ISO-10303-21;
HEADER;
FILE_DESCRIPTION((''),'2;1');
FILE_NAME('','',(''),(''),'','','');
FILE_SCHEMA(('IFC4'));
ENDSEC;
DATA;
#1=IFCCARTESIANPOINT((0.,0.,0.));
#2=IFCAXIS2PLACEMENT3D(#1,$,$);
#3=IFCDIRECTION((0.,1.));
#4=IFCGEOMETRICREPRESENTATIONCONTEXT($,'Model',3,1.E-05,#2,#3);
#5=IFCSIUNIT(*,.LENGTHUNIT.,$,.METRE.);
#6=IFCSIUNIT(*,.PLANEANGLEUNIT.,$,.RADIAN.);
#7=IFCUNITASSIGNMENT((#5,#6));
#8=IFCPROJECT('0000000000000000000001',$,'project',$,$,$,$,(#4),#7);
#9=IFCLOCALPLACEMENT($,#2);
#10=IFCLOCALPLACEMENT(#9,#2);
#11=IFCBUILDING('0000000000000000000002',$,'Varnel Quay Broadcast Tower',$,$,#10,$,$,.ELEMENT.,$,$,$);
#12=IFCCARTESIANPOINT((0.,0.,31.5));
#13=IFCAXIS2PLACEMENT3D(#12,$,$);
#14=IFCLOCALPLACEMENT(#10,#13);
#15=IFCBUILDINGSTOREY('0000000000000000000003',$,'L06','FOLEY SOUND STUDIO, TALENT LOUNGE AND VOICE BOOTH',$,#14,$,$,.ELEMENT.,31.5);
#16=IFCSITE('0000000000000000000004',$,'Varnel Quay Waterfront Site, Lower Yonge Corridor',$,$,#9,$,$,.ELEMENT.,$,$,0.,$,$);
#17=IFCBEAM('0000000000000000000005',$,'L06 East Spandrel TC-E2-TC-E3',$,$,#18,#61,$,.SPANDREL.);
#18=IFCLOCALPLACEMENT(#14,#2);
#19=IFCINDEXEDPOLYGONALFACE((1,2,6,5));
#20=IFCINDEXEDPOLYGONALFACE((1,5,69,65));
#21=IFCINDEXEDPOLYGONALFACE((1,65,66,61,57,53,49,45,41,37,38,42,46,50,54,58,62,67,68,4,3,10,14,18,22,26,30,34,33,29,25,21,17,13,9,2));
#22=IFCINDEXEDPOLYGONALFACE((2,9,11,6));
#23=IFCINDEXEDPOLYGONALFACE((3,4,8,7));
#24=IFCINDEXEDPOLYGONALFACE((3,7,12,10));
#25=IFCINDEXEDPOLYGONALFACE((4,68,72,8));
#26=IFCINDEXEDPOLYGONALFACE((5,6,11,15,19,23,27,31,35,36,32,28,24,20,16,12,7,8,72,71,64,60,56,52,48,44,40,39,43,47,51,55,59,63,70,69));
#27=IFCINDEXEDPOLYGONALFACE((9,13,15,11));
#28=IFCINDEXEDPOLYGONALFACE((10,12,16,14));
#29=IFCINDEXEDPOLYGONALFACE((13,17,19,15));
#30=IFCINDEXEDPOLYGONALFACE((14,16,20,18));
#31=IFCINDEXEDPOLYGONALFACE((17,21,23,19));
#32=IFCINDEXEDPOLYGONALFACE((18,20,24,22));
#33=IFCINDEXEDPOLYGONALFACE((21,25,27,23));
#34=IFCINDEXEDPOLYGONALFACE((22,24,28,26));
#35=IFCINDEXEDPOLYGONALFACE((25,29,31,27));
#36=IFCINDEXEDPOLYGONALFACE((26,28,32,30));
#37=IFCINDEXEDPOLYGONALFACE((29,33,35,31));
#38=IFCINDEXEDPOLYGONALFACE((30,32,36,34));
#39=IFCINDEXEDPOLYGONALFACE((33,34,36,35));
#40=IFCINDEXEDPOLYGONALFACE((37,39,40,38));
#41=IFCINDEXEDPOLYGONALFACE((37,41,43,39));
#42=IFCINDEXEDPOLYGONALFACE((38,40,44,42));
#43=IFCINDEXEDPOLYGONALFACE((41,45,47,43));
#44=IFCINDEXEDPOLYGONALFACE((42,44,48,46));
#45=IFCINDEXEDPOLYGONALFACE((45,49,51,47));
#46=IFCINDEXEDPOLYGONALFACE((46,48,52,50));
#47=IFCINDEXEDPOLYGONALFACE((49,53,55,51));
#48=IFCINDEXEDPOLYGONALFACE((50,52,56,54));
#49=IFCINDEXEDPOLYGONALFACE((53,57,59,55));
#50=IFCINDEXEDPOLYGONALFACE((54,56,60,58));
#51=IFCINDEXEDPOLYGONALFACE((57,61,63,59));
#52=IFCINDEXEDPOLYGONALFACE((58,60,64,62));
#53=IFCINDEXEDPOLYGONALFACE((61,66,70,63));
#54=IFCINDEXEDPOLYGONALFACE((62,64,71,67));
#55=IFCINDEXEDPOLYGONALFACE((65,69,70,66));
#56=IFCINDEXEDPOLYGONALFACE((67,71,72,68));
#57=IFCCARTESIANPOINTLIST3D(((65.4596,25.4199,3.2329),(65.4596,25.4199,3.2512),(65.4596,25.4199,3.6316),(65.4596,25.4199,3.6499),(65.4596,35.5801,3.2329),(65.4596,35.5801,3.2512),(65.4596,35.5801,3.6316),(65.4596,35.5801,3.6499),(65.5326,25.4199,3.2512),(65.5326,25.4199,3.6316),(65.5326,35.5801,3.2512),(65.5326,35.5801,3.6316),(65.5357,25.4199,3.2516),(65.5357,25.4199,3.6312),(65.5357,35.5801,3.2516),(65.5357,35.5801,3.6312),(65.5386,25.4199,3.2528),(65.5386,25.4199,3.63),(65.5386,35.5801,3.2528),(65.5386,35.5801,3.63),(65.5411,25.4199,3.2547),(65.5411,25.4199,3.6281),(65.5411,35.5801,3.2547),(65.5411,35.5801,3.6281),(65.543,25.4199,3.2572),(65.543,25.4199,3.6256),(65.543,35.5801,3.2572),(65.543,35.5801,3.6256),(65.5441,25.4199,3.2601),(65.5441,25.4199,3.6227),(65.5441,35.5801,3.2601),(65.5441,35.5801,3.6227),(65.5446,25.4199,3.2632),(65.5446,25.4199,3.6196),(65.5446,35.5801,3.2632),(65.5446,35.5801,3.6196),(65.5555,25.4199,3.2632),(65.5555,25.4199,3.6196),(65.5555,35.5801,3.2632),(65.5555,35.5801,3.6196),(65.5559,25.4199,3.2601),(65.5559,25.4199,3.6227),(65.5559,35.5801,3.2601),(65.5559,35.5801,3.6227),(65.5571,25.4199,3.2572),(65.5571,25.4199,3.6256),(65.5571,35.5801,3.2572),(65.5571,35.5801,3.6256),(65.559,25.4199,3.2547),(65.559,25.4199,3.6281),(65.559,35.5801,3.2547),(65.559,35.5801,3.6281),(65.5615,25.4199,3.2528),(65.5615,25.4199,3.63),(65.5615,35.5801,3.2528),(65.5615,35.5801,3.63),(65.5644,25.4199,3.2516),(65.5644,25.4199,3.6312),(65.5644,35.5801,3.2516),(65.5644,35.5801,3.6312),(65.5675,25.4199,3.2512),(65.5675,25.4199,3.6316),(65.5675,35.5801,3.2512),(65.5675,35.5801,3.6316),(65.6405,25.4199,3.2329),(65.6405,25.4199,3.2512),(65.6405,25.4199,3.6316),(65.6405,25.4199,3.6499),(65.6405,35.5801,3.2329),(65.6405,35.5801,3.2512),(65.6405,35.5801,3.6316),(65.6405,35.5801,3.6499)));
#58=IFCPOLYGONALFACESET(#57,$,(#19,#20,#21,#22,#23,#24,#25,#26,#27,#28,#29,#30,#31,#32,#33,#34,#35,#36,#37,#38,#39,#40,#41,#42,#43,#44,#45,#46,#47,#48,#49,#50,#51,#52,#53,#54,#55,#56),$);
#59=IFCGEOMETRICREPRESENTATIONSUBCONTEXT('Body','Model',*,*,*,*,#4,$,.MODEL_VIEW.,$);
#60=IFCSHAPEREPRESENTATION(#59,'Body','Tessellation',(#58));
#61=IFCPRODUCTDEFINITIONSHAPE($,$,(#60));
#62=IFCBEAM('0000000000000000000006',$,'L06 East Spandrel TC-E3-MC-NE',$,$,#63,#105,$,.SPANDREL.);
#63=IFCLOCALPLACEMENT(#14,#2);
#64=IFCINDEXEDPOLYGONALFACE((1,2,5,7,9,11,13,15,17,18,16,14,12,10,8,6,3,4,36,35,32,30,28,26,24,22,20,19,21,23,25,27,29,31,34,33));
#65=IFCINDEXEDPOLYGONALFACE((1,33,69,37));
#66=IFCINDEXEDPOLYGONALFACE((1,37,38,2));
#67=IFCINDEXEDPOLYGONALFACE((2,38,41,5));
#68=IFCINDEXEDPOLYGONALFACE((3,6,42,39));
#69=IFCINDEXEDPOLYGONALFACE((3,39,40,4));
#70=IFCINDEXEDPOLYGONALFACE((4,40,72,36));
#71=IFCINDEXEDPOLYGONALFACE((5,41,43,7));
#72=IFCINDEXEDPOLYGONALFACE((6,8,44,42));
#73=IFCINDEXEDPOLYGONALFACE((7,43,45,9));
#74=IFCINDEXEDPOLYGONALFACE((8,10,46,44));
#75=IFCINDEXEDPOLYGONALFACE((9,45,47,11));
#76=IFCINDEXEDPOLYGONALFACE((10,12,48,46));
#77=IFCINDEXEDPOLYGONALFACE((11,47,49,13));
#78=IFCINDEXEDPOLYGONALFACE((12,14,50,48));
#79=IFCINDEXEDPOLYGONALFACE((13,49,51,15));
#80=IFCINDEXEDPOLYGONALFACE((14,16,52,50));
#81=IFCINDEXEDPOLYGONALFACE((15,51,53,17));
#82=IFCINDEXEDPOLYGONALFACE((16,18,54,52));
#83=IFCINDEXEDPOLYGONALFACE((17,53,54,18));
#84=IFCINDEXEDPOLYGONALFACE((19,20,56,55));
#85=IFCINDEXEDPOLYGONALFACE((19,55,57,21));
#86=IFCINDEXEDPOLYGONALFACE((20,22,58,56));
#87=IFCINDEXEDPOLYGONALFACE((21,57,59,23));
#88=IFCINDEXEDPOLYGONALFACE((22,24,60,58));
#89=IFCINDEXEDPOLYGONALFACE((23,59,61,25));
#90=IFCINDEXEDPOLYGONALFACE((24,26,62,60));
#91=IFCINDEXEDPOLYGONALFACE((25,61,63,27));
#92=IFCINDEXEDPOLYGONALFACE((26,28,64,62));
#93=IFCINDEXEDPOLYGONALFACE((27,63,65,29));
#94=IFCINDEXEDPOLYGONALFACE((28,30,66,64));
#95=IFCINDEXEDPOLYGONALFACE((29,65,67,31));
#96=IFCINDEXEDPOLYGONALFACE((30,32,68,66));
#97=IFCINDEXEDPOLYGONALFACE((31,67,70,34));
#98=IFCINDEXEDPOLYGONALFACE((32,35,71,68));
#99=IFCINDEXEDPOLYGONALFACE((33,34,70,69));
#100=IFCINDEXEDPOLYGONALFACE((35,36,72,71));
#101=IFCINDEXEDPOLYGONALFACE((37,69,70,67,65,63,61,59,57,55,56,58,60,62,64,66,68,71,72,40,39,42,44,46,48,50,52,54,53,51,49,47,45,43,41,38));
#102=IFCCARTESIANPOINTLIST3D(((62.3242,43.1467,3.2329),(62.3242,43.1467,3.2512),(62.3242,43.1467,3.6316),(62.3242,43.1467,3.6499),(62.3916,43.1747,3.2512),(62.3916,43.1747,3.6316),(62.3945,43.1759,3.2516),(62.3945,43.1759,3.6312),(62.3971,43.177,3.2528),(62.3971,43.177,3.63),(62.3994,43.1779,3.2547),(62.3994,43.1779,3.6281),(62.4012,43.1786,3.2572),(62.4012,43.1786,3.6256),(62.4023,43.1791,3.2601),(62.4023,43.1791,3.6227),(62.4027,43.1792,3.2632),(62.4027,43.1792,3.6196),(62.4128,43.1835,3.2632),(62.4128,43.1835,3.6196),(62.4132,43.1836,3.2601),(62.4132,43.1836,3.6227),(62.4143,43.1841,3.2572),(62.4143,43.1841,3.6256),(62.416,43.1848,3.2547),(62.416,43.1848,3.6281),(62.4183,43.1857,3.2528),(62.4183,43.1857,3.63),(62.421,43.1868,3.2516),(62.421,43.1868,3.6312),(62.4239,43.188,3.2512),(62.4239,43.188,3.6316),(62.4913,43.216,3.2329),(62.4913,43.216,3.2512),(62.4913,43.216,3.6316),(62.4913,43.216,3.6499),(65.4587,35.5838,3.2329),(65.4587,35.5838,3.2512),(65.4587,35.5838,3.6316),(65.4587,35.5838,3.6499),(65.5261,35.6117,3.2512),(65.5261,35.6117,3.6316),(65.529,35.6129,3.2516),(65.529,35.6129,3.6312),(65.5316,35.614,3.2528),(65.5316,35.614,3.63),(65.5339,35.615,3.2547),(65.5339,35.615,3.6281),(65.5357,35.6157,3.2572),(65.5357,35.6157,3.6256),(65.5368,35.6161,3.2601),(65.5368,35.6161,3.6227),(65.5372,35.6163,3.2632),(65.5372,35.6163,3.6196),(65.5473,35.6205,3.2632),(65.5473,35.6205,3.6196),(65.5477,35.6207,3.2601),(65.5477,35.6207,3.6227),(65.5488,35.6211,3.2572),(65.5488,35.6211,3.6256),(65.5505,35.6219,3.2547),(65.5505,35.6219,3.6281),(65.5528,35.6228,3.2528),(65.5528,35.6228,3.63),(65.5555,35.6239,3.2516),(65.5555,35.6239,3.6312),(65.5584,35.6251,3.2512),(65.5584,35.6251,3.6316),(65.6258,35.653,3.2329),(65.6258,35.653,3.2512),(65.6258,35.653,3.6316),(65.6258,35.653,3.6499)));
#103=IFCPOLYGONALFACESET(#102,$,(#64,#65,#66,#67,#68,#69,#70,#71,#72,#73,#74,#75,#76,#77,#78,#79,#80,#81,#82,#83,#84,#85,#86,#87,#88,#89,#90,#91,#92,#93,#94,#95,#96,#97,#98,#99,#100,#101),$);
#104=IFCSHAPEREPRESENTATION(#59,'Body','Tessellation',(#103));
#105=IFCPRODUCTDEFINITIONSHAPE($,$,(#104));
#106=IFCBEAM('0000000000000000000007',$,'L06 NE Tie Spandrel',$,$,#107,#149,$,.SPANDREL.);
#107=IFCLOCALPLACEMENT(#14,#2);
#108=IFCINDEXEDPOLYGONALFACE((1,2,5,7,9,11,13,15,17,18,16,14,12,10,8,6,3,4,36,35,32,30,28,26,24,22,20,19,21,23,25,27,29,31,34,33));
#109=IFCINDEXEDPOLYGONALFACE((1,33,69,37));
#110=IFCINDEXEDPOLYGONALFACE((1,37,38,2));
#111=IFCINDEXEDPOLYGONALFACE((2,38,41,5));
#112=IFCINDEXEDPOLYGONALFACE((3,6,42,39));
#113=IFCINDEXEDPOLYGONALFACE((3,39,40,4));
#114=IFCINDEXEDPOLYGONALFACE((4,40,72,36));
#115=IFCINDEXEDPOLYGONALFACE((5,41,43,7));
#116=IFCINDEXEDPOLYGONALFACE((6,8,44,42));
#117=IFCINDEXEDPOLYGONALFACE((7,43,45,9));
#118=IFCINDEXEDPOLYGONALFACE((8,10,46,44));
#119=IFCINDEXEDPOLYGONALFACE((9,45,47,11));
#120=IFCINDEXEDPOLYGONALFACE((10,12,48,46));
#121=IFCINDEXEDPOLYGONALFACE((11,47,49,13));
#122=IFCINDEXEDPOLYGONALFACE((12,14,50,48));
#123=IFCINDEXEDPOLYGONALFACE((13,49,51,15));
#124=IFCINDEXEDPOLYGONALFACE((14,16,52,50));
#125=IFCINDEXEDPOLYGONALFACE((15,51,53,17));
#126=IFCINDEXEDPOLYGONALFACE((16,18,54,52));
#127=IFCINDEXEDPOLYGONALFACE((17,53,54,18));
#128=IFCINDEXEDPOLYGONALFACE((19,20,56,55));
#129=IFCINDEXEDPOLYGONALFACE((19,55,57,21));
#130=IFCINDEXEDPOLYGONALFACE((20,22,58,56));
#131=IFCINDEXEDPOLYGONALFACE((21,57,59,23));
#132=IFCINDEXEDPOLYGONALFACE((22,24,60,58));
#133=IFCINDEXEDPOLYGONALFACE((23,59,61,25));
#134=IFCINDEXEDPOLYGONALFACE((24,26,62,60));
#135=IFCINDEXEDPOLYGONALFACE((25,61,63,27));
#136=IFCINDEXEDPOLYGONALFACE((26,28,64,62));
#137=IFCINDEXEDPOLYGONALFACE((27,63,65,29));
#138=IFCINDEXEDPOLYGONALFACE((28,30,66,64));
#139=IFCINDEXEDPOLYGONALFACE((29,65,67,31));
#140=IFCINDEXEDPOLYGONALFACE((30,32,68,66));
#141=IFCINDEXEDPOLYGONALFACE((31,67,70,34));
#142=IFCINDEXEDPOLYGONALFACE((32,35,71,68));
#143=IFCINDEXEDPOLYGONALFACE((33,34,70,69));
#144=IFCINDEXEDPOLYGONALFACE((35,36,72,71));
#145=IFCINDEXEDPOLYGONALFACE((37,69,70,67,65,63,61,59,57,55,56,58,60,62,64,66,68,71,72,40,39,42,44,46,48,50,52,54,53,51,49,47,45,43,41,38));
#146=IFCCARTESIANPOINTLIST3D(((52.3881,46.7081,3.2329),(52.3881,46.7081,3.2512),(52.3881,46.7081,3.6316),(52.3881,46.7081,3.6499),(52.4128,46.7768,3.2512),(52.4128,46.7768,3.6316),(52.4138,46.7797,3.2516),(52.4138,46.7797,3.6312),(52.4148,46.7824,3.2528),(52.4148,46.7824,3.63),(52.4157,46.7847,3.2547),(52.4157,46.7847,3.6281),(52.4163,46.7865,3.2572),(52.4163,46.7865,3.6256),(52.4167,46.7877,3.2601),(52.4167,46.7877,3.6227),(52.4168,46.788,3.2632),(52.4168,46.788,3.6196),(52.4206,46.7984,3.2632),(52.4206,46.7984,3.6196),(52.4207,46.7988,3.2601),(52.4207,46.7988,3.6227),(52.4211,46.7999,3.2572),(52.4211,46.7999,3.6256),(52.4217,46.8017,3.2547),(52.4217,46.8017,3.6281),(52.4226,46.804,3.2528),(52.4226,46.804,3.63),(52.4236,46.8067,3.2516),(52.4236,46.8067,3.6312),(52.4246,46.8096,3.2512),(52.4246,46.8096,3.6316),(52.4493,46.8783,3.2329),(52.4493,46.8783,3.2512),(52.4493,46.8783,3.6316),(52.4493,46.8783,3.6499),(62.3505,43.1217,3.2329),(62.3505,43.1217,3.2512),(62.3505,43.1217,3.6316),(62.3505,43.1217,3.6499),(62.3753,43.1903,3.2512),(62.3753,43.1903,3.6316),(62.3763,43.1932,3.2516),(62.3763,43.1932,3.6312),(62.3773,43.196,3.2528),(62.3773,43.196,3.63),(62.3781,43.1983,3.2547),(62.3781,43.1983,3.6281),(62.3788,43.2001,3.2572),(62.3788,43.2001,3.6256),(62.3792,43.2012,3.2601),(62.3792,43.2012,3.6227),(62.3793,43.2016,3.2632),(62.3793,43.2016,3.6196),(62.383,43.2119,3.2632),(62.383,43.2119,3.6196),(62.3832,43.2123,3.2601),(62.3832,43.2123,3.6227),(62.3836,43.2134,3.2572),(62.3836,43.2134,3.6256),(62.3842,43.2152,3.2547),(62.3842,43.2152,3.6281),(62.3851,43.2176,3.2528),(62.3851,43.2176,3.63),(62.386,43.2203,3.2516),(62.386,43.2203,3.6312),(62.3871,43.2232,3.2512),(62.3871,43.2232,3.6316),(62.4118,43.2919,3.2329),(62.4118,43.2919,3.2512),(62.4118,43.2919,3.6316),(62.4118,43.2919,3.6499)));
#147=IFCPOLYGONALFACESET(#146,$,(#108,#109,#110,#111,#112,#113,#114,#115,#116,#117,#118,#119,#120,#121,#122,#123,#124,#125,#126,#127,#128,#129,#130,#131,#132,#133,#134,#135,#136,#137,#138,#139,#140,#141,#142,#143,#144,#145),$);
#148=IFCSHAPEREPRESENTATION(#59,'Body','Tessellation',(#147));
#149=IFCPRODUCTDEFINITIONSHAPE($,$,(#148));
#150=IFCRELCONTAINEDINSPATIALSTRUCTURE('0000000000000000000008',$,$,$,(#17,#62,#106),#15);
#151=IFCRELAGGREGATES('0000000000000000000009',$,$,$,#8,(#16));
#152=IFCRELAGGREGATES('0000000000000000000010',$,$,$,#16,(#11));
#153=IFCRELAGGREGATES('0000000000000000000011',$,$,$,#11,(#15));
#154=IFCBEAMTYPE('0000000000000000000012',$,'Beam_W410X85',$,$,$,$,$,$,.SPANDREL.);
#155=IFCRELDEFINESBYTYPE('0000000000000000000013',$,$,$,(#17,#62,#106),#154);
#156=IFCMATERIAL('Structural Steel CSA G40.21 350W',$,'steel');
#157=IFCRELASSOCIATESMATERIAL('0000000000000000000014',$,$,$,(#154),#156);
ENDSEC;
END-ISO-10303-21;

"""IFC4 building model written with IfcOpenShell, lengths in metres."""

from ifc_helpers import new_model, si_unit, direction, frame, origin, origin_2d, place, context, subcontext, project, spatial, i_section, extrude, source, transform, mapped, material, material_profile, profile_set, type_object, type_shapes, element, save


model = new_model("IFC4")

# Units and contexts
model_context = context("Model", 3, precision=1e-05, world=origin(), true_north=direction((0.0, 1.0)))
body_context = subcontext(model_context, "Body", "Model", "MODEL_VIEW")
ifc_project = project(units=[si_unit("LENGTHUNIT", "METRE"), si_unit("PLANEANGLEUNIT", "RADIAN")], contexts=[model_context])

# Site, building, storey
site_placement = place(None, origin())
site = spatial("IfcSite", under=ifc_project, at=site_placement, Name="Varnel Quay Waterfront Site, Lower Yonge Corridor", CompositionType="ELEMENT", RefElevation=0.0)
building_placement = place(site_placement, origin())
building = spatial("IfcBuilding", under=site, at=building_placement, Name="Varnel Quay Broadcast Tower", CompositionType="ELEMENT")
storey_placement = place(building_placement, frame((0.0, 0.0, 31.5)))
storey = spatial("IfcBuildingStorey", under=building, at=storey_placement, Name="L06", Description="FOLEY SOUND STUDIO, TALENT LOUNGE AND VOICE BOOTH", CompositionType="ELEMENT", Elevation=31.5)

# Shared definitions
ifc_material_1 = material(Name="Structural Steel CSA G40.21 350W", Category="steel")

# Beams
ifc_material_profile_1 = material_profile(ifc_material_1, i_section(OverallWidth=0.1809, OverallDepth=0.417, WebThickness=0.011, FlangeThickness=0.0183, FilletRadius=0.012, at=origin_2d()), Name="W410X85")
ifc_profile_set_1 = profile_set([ifc_material_profile_1], Name="Structural Steel CSA G40.21 350W")
beam_type_1 = type_object("IfcBeamType", Name="Beam_W410X85", PredefinedType="SPANDREL", material=ifc_profile_set_1)
shared_shape_1 = source(origin(), body_context, "Body", "SweptSolid", [
    extrude(i_section(OverallWidth=0.1809, OverallDepth=0.417, WebThickness=0.011, FlangeThickness=0.0183, FilletRadius=0.012, at=origin_2d()), origin(), (0.0, 0.0, 1.0), 10.1602),
])
beam_1_placement = place(storey_placement, frame((65.55, 25.4199, 3.4414), z_axis=(0.0, 1.0, 0.0), x_axis=(-1.0, 0.0, 0.0)))
element("IfcBeam", 1, at=beam_1_placement, inside=storey, type_object=beam_type_1, Name="L06 East Spandrel TC-E2-TC-E3", PredefinedType="SPANDREL", context=body_context, shape_type="MappedRepresentation", body=[
    mapped(shared_shape_1, transform((0.0, 0.0, 0.0), x_axis=(1.0, 0.0, 0.0), y_axis=(0.0, 1.0, 0.0), z_axis=(0.0, 0.0, 1.0), scale=1.0)),
])
shared_shape_2 = source(origin(), body_context, "Body", "SweptSolid", [
    extrude(i_section(OverallWidth=0.1809, OverallDepth=0.417, WebThickness=0.011, FlangeThickness=0.0183, FilletRadius=0.012, at=origin_2d()), origin(), (0.0, 0.0, 1.0), 8.1868),
])
beam_2_placement = place(storey_placement, frame((65.5422, 35.6184, 3.4414), z_axis=(-0.382874, 0.923801, 0.0), x_axis=(-0.923801, -0.382874, 0.0)))
element("IfcBeam", 2, at=beam_2_placement, inside=storey, type_object=beam_type_1, Name="L06 East Spandrel TC-E3-MC-NE", PredefinedType="SPANDREL", context=body_context, shape_type="MappedRepresentation", body=[
    mapped(shared_shape_2, transform((0.0, 0.0, 0.0), x_axis=(1.0, 0.0, 0.0), y_axis=(0.0, 1.0, 0.0), z_axis=(0.0, 0.0, 1.0), scale=1.0)),
])
shared_shape_3 = source(origin(), body_context, "Body", "SweptSolid", [
    extrude(i_section(OverallWidth=0.1809, OverallDepth=0.417, WebThickness=0.011, FlangeThickness=0.0183, FilletRadius=0.012, at=origin_2d()), origin(), (0.0, 0.0, 1.0), 10.5884),
])
type_shapes(beam_type_1, [shared_shape_1, shared_shape_2, shared_shape_3])
beam_3_placement = place(storey_placement, frame((52.4187, 46.7932, 3.4414), z_axis=(0.940889, -0.338716, 0.0), x_axis=(0.338716, 0.940889, 0.0)))
element("IfcBeam", 3, at=beam_3_placement, inside=storey, type_object=beam_type_1, Name="L06 NE Tie Spandrel", PredefinedType="SPANDREL", context=body_context, shape_type="MappedRepresentation", body=[
    mapped(shared_shape_3, transform((0.0, 0.0, 0.0), x_axis=(1.0, 0.0, 0.0), y_axis=(0.0, 1.0, 0.0), z_axis=(0.0, 0.0, 1.0), scale=1.0)),
])

save(model, "model.ifc")
